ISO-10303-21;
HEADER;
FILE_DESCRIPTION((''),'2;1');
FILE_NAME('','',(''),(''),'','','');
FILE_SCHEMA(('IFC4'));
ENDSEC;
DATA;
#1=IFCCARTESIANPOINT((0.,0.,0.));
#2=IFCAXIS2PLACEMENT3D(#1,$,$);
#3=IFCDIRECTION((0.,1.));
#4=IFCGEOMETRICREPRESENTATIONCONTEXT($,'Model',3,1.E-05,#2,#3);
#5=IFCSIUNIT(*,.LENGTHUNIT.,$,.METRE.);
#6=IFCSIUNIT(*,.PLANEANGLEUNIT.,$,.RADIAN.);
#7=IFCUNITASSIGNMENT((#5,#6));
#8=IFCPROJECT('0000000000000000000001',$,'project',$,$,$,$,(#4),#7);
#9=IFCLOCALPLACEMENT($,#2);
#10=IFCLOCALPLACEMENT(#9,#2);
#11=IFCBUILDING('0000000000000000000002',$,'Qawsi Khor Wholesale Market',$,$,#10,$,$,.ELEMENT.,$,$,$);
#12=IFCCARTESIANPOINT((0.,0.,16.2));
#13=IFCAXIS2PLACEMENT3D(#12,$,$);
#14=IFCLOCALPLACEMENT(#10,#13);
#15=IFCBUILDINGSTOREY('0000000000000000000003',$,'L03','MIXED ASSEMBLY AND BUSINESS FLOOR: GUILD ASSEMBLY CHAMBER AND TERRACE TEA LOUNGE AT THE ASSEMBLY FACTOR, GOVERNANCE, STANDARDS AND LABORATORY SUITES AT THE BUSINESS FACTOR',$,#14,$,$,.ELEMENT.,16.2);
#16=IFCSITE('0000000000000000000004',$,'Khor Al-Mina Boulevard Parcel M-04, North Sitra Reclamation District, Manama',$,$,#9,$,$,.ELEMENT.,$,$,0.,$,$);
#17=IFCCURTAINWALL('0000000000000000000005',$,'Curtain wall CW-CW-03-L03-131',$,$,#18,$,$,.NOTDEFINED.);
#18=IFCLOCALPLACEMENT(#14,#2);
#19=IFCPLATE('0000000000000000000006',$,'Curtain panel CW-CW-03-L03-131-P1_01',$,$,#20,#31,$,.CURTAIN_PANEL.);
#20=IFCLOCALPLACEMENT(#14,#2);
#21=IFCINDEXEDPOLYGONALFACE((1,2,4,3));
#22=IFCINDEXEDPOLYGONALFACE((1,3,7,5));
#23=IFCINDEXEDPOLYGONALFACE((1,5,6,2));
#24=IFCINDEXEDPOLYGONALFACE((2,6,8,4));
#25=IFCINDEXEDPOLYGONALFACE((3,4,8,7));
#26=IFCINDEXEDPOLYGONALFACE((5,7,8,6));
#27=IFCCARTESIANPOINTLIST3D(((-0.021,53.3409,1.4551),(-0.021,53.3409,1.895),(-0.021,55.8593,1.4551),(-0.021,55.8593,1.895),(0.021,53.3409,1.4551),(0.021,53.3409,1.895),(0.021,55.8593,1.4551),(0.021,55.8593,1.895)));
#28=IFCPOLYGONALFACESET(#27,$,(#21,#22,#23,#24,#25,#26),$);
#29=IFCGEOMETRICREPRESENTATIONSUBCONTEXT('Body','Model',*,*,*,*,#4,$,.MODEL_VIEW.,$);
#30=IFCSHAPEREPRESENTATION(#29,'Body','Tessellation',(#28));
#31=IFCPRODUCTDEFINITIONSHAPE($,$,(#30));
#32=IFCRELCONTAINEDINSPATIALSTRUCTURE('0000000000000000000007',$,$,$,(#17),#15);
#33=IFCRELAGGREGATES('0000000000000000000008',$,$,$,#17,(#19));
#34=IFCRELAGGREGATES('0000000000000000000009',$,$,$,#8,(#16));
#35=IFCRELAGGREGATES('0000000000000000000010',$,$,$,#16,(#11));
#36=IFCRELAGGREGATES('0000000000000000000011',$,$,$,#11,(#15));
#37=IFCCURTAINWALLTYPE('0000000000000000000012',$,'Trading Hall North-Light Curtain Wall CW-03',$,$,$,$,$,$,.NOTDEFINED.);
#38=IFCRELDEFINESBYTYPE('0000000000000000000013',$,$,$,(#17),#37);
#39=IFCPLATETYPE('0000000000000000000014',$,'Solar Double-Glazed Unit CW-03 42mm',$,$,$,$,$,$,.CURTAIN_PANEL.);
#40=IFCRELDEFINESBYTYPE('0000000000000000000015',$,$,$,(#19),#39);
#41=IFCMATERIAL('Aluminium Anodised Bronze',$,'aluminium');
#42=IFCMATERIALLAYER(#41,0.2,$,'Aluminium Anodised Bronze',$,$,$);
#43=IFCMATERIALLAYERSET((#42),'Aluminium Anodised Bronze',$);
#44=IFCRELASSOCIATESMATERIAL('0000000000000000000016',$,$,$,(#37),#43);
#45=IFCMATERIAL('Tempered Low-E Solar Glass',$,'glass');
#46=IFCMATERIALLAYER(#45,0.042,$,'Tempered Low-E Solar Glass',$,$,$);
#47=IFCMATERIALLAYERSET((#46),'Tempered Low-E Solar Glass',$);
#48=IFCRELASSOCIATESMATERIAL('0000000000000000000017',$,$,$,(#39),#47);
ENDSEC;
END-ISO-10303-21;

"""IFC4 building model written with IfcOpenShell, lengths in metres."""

from ifc_helpers import new_model, si_unit, direction, frame, frame_2d, origin, place, context, subcontext, project, spatial, rectangle, extrude, material, layer, layer_set, type_object, element, aggregate, save


model = new_model("IFC4")

# Units and contexts
model_context = context("Model", 3, precision=1e-05, world=origin(), true_north=direction((0.0, 1.0)))
body_context = subcontext(model_context, "Body", "Model", "MODEL_VIEW")
ifc_project = project(units=[si_unit("LENGTHUNIT", "METRE"), si_unit("PLANEANGLEUNIT", "RADIAN")], contexts=[model_context])

# Site, building, storey
site_placement = place(None, origin())
site = spatial("IfcSite", under=ifc_project, at=site_placement, Name="Khor Al-Mina Boulevard Parcel M-04, North Sitra Reclamation District, Manama", CompositionType="ELEMENT", RefElevation=0.0)
building_placement = place(site_placement, origin())
building = spatial("IfcBuilding", under=site, at=building_placement, Name="Qawsi Khor Wholesale Market", CompositionType="ELEMENT")
storey_placement = place(building_placement, frame((0.0, 0.0, 16.2)))
storey = spatial("IfcBuildingStorey", under=building, at=storey_placement, Name="L03", Description="MIXED ASSEMBLY AND BUSINESS FLOOR: GUILD ASSEMBLY CHAMBER AND TERRACE TEA LOUNGE AT THE ASSEMBLY FACTOR, GOVERNANCE, STANDARDS AND LABORATORY SUITES AT THE BUSINESS FACTOR", CompositionType="ELEMENT", Elevation=16.2)

# Curtain wall
ifc_material_1 = material(Name="Aluminium Anodised Bronze", Category="aluminium")
ifc_layer_1 = layer(ifc_material_1, 0.2, Name="Aluminium Anodised Bronze")
ifc_layer_set_1 = layer_set([ifc_layer_1], Name="Aluminium Anodised Bronze")
curtain_wall_type = type_object("IfcCurtainWallType", Name="Trading Hall North-Light Curtain Wall CW-03", PredefinedType="NOTDEFINED", material=ifc_layer_set_1)
curtain_wall_1_placement = place(storey_placement, origin())
curtain_wall_1 = element("IfcCurtainWall", 1, at=curtain_wall_1_placement, inside=storey, type_object=curtain_wall_type, Name="Curtain wall CW-CW-03-L03-131", PredefinedType="NOTDEFINED")

# Plate
ifc_material_2 = material(Name="Tempered Low-E Solar Glass", Category="glass")
ifc_layer_2 = layer(ifc_material_2, 0.042, Name="Tempered Low-E Solar Glass")
ifc_layer_set_2 = layer_set([ifc_layer_2], Name="Tempered Low-E Solar Glass")
plate_type = type_object("IfcPlateType", Name="Solar Double-Glazed Unit CW-03 42mm", PredefinedType="CURTAIN_PANEL", material=ifc_layer_set_2)
plate_1_placement = place(storey_placement, frame((0.0, 53.3408, 1.4551), z_axis=(0.0, 0.0, 1.0), x_axis=(0.0, 1.0, 0.0)))
plate_1 = element("IfcPlate", 2, at=plate_1_placement, type_object=plate_type, Name="Curtain panel CW-CW-03-L03-131-P1_01", PredefinedType="CURTAIN_PANEL", context=body_context, shape_type="SweptSolid", body=[
    extrude(rectangle(XDim=2.5183, YDim=0.042, at=frame_2d((1.2593, 0.0))), origin(), (0.0, 0.0, 1.0), 0.4399),
])
aggregate(curtain_wall_1, [plate_1])

save(model, "model.ifc")
